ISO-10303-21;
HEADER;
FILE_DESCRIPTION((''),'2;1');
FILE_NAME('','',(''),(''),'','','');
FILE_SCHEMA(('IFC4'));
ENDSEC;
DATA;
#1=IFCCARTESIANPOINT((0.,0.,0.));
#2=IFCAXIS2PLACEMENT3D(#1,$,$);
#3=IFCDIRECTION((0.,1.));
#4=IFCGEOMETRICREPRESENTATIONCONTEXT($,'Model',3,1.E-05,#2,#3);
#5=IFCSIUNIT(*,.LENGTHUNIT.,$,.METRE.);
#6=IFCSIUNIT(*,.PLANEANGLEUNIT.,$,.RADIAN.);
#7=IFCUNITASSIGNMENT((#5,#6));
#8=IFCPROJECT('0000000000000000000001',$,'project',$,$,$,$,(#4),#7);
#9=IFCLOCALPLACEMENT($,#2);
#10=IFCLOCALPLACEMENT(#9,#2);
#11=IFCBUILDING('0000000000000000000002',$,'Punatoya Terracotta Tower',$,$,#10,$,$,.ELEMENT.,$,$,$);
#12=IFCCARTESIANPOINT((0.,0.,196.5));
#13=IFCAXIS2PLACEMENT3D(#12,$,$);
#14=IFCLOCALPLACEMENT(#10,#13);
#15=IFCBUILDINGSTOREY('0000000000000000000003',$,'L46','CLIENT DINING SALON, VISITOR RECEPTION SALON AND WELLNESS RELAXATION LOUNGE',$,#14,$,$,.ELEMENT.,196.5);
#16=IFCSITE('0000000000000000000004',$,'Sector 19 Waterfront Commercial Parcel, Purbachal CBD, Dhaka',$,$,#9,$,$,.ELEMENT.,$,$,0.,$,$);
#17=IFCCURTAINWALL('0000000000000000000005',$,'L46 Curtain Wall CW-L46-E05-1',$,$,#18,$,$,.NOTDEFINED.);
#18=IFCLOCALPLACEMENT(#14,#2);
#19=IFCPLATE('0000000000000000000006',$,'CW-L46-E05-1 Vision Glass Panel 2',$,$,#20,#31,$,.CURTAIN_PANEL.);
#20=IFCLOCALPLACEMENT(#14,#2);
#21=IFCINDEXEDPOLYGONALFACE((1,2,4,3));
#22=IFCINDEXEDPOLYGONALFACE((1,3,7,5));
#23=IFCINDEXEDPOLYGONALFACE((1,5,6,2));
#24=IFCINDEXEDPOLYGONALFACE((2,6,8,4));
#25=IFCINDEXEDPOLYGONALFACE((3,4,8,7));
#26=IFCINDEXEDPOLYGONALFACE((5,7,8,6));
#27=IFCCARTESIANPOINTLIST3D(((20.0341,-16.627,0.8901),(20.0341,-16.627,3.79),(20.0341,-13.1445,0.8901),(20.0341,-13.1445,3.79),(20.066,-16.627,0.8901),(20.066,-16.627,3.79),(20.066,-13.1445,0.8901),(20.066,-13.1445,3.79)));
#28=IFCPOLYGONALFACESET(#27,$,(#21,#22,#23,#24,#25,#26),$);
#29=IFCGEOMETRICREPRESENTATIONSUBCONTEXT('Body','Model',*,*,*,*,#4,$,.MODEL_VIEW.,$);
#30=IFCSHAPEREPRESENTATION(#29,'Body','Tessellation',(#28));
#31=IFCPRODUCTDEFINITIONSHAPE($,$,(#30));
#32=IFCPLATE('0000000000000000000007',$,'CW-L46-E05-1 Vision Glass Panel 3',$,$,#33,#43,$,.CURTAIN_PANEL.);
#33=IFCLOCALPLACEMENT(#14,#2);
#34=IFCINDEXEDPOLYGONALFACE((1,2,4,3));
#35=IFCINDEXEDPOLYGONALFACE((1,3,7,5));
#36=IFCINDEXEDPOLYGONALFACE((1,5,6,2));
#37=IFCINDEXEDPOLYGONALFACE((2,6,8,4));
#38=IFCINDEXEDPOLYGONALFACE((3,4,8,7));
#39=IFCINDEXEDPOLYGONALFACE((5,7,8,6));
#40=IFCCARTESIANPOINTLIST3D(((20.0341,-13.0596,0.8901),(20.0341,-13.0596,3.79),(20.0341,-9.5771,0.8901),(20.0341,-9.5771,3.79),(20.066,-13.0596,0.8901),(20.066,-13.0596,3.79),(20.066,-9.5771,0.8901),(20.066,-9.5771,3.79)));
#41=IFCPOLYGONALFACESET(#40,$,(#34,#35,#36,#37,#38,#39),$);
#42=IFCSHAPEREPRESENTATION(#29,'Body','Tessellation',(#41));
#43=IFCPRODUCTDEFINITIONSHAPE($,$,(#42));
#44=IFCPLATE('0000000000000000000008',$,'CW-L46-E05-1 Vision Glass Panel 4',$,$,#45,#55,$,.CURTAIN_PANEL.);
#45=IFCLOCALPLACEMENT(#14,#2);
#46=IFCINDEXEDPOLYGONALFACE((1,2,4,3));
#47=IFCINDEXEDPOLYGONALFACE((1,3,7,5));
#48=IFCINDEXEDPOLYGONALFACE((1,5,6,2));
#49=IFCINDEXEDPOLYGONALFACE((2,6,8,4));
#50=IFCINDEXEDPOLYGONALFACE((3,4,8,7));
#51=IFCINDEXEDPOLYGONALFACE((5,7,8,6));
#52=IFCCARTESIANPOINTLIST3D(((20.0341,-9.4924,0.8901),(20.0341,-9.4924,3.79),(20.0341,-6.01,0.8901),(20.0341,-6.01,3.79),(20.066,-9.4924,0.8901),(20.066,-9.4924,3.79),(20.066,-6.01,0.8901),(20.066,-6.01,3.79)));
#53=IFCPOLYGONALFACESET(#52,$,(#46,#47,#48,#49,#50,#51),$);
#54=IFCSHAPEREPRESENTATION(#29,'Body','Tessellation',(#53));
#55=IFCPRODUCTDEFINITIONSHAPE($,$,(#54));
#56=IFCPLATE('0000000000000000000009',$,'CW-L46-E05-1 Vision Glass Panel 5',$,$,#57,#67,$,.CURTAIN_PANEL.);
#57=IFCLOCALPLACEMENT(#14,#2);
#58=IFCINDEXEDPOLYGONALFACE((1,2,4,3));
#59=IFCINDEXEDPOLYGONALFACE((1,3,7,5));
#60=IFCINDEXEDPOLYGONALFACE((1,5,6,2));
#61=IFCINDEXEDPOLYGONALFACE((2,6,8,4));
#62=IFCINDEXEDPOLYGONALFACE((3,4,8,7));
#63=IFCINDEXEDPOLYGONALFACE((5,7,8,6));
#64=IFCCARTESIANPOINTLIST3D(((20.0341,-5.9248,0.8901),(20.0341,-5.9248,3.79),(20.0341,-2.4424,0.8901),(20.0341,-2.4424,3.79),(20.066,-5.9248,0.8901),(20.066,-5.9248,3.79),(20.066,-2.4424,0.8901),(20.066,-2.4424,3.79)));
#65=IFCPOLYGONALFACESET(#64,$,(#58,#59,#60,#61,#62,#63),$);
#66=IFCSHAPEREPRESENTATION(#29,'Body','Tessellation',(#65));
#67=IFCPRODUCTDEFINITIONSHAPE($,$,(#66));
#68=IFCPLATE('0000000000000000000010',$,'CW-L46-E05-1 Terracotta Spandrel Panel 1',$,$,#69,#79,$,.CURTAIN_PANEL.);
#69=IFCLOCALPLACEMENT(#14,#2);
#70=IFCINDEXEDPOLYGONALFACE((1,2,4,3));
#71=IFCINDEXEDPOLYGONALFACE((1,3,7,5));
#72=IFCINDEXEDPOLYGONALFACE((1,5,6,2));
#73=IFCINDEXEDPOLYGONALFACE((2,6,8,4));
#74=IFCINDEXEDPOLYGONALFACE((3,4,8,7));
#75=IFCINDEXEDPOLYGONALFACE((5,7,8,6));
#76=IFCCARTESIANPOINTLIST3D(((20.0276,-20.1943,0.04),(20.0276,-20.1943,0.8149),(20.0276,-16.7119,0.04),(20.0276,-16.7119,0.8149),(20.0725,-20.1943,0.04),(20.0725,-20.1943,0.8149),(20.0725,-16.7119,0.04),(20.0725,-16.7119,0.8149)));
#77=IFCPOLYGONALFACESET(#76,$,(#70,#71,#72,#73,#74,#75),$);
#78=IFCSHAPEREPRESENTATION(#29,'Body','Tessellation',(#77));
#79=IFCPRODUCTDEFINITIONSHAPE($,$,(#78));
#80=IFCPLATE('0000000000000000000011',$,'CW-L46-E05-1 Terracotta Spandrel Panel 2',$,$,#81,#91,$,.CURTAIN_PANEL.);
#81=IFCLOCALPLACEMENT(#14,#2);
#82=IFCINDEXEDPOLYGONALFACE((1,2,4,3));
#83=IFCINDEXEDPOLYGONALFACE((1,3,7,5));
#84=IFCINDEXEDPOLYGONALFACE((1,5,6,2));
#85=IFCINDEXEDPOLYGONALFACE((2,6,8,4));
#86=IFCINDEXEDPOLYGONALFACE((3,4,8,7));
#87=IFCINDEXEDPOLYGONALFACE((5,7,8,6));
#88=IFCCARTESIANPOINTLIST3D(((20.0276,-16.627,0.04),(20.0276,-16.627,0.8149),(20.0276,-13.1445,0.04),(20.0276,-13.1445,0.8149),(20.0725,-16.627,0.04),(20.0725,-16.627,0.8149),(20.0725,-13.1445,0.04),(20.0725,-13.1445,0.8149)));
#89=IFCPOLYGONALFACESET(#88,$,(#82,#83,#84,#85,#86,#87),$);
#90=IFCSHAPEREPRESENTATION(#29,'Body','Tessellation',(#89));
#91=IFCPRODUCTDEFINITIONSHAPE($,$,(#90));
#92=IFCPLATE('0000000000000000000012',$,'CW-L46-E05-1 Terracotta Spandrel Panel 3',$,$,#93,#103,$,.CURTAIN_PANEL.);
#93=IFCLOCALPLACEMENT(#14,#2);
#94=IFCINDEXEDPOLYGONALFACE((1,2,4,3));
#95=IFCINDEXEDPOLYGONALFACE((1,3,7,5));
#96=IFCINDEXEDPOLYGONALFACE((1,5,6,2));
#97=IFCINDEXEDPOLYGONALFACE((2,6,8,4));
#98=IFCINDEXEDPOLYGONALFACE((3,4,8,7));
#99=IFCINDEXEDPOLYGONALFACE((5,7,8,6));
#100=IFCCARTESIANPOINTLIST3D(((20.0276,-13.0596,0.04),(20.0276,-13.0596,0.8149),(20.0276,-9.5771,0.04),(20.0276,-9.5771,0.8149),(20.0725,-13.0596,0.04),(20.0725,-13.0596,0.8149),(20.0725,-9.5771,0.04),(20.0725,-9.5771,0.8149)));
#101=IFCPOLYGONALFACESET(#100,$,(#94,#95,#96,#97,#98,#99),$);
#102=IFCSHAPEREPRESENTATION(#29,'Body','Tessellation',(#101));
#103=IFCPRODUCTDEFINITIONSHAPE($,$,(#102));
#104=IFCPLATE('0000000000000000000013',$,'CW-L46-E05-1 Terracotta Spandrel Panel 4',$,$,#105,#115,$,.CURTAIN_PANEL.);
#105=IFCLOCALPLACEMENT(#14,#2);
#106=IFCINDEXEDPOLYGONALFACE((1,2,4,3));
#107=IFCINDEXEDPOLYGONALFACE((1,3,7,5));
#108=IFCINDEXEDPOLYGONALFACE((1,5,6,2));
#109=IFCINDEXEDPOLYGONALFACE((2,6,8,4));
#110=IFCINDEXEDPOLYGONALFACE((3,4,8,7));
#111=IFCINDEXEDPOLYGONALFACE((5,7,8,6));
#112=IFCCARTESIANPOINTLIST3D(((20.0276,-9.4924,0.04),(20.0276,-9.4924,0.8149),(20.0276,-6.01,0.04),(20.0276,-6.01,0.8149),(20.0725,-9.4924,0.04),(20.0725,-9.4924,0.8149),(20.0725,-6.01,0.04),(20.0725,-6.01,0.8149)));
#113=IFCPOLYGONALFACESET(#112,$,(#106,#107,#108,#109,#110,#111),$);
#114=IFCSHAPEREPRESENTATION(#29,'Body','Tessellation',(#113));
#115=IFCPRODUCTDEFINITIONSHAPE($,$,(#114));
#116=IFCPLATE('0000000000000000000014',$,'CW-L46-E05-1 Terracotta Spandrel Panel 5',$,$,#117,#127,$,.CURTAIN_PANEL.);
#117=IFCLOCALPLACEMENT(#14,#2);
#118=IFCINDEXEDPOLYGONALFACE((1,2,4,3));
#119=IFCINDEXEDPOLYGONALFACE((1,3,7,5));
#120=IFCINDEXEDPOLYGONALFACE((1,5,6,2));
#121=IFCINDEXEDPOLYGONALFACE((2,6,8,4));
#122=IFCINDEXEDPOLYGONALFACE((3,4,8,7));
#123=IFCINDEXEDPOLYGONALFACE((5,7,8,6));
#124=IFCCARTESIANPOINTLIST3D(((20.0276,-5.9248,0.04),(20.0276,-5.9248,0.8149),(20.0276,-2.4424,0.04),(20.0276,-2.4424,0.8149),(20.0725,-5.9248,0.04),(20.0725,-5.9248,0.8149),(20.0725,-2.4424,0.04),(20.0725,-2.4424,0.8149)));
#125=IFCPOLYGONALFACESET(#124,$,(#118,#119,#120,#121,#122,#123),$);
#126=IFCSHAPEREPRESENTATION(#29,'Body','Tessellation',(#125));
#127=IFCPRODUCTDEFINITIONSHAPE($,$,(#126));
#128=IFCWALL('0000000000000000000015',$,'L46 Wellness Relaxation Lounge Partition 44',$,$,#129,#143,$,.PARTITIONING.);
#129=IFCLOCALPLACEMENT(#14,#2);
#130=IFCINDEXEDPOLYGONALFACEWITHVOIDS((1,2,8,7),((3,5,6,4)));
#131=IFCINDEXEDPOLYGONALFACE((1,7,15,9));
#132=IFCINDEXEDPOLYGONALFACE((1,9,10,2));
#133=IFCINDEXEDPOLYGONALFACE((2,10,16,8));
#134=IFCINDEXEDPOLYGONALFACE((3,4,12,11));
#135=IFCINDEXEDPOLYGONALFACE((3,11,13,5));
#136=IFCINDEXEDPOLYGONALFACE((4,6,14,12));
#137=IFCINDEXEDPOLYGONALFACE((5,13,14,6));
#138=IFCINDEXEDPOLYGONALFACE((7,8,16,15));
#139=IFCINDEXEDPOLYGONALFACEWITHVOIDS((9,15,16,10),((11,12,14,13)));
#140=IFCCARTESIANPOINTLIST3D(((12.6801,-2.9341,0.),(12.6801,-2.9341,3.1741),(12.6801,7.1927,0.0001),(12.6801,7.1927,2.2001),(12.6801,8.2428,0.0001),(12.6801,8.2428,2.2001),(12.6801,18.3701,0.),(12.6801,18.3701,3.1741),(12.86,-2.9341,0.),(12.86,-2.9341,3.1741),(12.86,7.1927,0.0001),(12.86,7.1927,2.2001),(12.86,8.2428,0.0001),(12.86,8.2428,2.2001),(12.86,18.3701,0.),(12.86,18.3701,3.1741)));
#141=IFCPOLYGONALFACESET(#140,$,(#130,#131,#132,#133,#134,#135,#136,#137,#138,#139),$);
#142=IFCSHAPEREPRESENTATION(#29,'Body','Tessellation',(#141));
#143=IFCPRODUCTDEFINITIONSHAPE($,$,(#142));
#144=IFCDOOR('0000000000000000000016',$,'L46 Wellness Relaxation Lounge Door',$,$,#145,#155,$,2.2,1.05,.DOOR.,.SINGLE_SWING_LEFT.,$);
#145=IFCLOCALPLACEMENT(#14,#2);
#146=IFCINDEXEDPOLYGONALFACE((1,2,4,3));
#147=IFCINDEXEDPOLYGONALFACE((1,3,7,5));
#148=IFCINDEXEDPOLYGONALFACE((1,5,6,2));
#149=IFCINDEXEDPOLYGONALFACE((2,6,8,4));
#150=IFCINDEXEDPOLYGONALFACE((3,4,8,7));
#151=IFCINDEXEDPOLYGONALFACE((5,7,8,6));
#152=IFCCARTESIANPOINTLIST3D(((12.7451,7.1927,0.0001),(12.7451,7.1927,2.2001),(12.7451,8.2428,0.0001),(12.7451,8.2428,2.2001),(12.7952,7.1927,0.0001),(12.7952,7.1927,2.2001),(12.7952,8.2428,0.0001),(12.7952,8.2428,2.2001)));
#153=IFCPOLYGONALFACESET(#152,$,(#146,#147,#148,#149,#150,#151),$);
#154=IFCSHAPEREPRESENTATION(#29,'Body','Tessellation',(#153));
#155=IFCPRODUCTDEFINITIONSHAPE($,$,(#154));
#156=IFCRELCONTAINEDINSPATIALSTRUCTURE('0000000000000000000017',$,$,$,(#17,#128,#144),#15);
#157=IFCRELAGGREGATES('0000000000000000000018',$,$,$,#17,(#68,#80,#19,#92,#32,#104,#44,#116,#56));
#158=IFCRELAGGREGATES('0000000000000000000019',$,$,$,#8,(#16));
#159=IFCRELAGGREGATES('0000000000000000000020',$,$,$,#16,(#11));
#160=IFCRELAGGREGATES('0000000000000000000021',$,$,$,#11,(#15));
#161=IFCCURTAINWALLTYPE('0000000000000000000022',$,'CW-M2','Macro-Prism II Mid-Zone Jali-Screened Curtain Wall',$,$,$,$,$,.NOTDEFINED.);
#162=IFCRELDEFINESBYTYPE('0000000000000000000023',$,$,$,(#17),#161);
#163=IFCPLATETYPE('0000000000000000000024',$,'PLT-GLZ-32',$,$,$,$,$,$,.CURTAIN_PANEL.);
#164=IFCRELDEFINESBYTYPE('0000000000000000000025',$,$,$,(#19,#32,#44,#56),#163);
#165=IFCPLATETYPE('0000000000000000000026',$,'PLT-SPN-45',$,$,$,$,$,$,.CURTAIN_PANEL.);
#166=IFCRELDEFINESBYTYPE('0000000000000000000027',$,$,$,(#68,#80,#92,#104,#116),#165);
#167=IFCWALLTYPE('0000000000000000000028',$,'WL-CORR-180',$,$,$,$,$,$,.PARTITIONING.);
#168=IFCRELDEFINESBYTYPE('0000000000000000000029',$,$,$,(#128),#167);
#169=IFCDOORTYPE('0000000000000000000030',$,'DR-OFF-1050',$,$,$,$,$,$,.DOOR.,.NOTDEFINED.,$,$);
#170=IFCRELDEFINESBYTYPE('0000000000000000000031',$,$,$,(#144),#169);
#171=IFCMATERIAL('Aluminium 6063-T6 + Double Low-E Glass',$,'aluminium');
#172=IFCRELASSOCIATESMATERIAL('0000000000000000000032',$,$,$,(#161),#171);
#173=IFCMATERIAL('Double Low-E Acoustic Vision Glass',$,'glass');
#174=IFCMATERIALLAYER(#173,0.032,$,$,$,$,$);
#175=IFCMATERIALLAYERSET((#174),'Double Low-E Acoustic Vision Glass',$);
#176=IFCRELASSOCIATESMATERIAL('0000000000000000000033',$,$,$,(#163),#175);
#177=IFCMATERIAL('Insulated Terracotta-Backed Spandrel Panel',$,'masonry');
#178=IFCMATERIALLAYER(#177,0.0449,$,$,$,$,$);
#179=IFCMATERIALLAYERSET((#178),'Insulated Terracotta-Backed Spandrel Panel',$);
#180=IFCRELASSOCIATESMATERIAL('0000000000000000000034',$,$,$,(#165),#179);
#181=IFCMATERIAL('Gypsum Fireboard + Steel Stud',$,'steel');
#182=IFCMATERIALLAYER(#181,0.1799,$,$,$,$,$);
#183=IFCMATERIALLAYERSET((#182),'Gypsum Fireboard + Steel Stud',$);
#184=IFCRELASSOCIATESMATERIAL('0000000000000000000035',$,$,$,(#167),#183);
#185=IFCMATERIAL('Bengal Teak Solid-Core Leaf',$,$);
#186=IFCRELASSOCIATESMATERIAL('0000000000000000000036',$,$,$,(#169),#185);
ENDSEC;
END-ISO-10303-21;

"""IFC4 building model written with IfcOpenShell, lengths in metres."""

from ifc_helpers import new_model, si_unit, direction, frame, frame_2d, origin, origin_2d, place, context, subcontext, project, spatial, rectangle, extrude, material, layer, layer_set, type_object, element, fill, aggregate, save


model = new_model("IFC4")

# Units and contexts
model_context = context("Model", 3, precision=1e-05, world=origin(), true_north=direction((0.0, 1.0)))
body_context = subcontext(model_context, "Body", "Model", "MODEL_VIEW")
ifc_project = project(units=[si_unit("LENGTHUNIT", "METRE"), si_unit("PLANEANGLEUNIT", "RADIAN")], contexts=[model_context])

# Site, building, storey
site_placement = place(None, origin())
site = spatial("IfcSite", under=ifc_project, at=site_placement, Name="Sector 19 Waterfront Commercial Parcel, Purbachal CBD, Dhaka", CompositionType="ELEMENT", RefElevation=0.0)
building_placement = place(site_placement, origin())
building = spatial("IfcBuilding", under=site, at=building_placement, Name="Punatoya Terracotta Tower", CompositionType="ELEMENT")
storey_placement = place(building_placement, frame((0.0, 0.0, 196.5)))
storey = spatial("IfcBuildingStorey", under=building, at=storey_placement, Name="L46", Description="CLIENT DINING SALON, VISITOR RECEPTION SALON AND WELLNESS RELAXATION LOUNGE", CompositionType="ELEMENT", Elevation=196.5)

# Shared definitions
ifc_material_1 = material(Name="Aluminium 6063-T6 + Double Low-E Glass", Category="aluminium")
curtain_wall_type = type_object("IfcCurtainWallType", Name="CW-M2", Description="Macro-Prism II Mid-Zone Jali-Screened Curtain Wall", PredefinedType="NOTDEFINED", material=ifc_material_1)

# Curtain wall, plates
curtain_wall_1_placement = place(storey_placement, origin())
curtain_wall_1 = element("IfcCurtainWall", 1, at=curtain_wall_1_placement, inside=storey, type_object=curtain_wall_type, Name="L46 Curtain Wall CW-L46-E05-1", PredefinedType="NOTDEFINED")
ifc_material_2 = material(Name="Double Low-E Acoustic Vision Glass", Category="glass")
ifc_layer_1 = layer(ifc_material_2, 0.032)
ifc_layer_set_1 = layer_set([ifc_layer_1], Name="Double Low-E Acoustic Vision Glass")
plate_type_1 = type_object("IfcPlateType", Name="PLT-GLZ-32", PredefinedType="CURTAIN_PANEL", material=ifc_layer_set_1)
plate_1_placement = place(storey_placement, frame((20.05, -14.8857, 0.8901), z_axis=(0.0, 0.0, 1.0), x_axis=(0.0, 1.0, 0.0)))
plate_1 = element("IfcPlate", 2, at=plate_1_placement, type_object=plate_type_1, Name="CW-L46-E05-1 Vision Glass Panel 2", PredefinedType="CURTAIN_PANEL", context=body_context, shape_type="SweptSolid", body=[
    extrude(rectangle(XDim=3.4824, YDim=0.032, at=origin_2d()), origin(), (0.0, 0.0, 1.0), 2.8999),
])
plate_2_placement = place(storey_placement, frame((20.05, -11.3184, 0.8901), z_axis=(0.0, 0.0, 1.0), x_axis=(0.0, 1.0, 0.0)))
plate_2 = element("IfcPlate", 3, at=plate_2_placement, type_object=plate_type_1, Name="CW-L46-E05-1 Vision Glass Panel 3", PredefinedType="CURTAIN_PANEL", context=body_context, shape_type="SweptSolid", body=[
    extrude(rectangle(XDim=3.4824, YDim=0.032, at=origin_2d()), origin(), (0.0, 0.0, 1.0), 2.8999),
])
plate_3_placement = place(storey_placement, frame((20.05, -7.7512, 0.8901), z_axis=(0.0, 0.0, 1.0), x_axis=(0.0, 1.0, 0.0)))
plate_3 = element("IfcPlate", 4, at=plate_3_placement, type_object=plate_type_1, Name="CW-L46-E05-1 Vision Glass Panel 4", PredefinedType="CURTAIN_PANEL", context=body_context, shape_type="SweptSolid", body=[
    extrude(rectangle(XDim=3.4824, YDim=0.032, at=origin_2d()), origin(), (0.0, 0.0, 1.0), 2.8999),
])
plate_4_placement = place(storey_placement, frame((20.05, -4.1836, 0.8901), z_axis=(0.0, 0.0, 1.0), x_axis=(0.0, 1.0, 0.0)))
plate_4 = element("IfcPlate", 5, at=plate_4_placement, type_object=plate_type_1, Name="CW-L46-E05-1 Vision Glass Panel 5", PredefinedType="CURTAIN_PANEL", context=body_context, shape_type="SweptSolid", body=[
    extrude(rectangle(XDim=3.4824, YDim=0.032, at=origin_2d()), origin(), (0.0, 0.0, 1.0), 2.8999),
])
ifc_material_3 = material(Name="Insulated Terracotta-Backed Spandrel Panel", Category="masonry")
ifc_layer_2 = layer(ifc_material_3, 0.0449)
ifc_layer_set_2 = layer_set([ifc_layer_2], Name="Insulated Terracotta-Backed Spandrel Panel")
plate_type_2 = type_object("IfcPlateType", Name="PLT-SPN-45", PredefinedType="CURTAIN_PANEL", material=ifc_layer_set_2)
plate_5_placement = place(storey_placement, frame((20.05, -18.4531, 0.04), z_axis=(0.0, 0.0, 1.0), x_axis=(0.0, 1.0, 0.0)))
plate_5 = element("IfcPlate", 6, at=plate_5_placement, type_object=plate_type_2, Name="CW-L46-E05-1 Terracotta Spandrel Panel 1", PredefinedType="CURTAIN_PANEL", context=body_context, shape_type="SweptSolid", body=[
    extrude(rectangle(XDim=3.4824, YDim=0.0449, at=origin_2d()), origin(), (0.0, 0.0, 1.0), 0.7749),
])
plate_6_placement = place(storey_placement, frame((20.05, -14.8857, 0.04), z_axis=(0.0, 0.0, 1.0), x_axis=(0.0, 1.0, 0.0)))
plate_6 = element("IfcPlate", 7, at=plate_6_placement, type_object=plate_type_2, Name="CW-L46-E05-1 Terracotta Spandrel Panel 2", PredefinedType="CURTAIN_PANEL", context=body_context, shape_type="SweptSolid", body=[
    extrude(rectangle(XDim=3.4824, YDim=0.0449, at=origin_2d()), origin(), (0.0, 0.0, 1.0), 0.7749),
])
plate_7_placement = place(storey_placement, frame((20.05, -11.3184, 0.04), z_axis=(0.0, 0.0, 1.0), x_axis=(0.0, 1.0, 0.0)))
plate_7 = element("IfcPlate", 8, at=plate_7_placement, type_object=plate_type_2, Name="CW-L46-E05-1 Terracotta Spandrel Panel 3", PredefinedType="CURTAIN_PANEL", context=body_context, shape_type="SweptSolid", body=[
    extrude(rectangle(XDim=3.4824, YDim=0.0449, at=origin_2d()), origin(), (0.0, 0.0, 1.0), 0.7749),
])
plate_8_placement = place(storey_placement, frame((20.05, -7.7512, 0.04), z_axis=(0.0, 0.0, 1.0), x_axis=(0.0, 1.0, 0.0)))
plate_8 = element("IfcPlate", 9, at=plate_8_placement, type_object=plate_type_2, Name="CW-L46-E05-1 Terracotta Spandrel Panel 4", PredefinedType="CURTAIN_PANEL", context=body_context, shape_type="SweptSolid", body=[
    extrude(rectangle(XDim=3.4824, YDim=0.0449, at=origin_2d()), origin(), (0.0, 0.0, 1.0), 0.7749),
])
plate_9_placement = place(storey_placement, frame((20.05, -4.1836, 0.04), z_axis=(0.0, 0.0, 1.0), x_axis=(0.0, 1.0, 0.0)))
plate_9 = element("IfcPlate", 10, at=plate_9_placement, type_object=plate_type_2, Name="CW-L46-E05-1 Terracotta Spandrel Panel 5", PredefinedType="CURTAIN_PANEL", context=body_context, shape_type="SweptSolid", body=[
    extrude(rectangle(XDim=3.4824, YDim=0.0449, at=origin_2d()), origin(), (0.0, 0.0, 1.0), 0.7749),
])
aggregate(curtain_wall_1, [plate_5, plate_6, plate_1, plate_7, plate_2, plate_8, plate_3, plate_9, plate_4])

# Wall, opening, door
ifc_material_4 = material(Name="Gypsum Fireboard + Steel Stud", Category="steel")
ifc_layer_3 = layer(ifc_material_4, 0.1799)
ifc_layer_set_3 = layer_set([ifc_layer_3], Name="Gypsum Fireboard + Steel Stud")
wall_type = type_object("IfcWallType", Name="WL-CORR-180", PredefinedType="PARTITIONING", material=ifc_layer_set_3)
wall_placement = place(storey_placement, frame((12.77, -2.9341, 0.0), z_axis=(0.0, 0.0, 1.0), x_axis=(0.0, 1.0, 0.0)))
wall = element("IfcWall", 11, at=wall_placement, inside=storey, type_object=wall_type, Name="L46 Wellness Relaxation Lounge Partition 44", PredefinedType="PARTITIONING", context=body_context, shape_type="SweptSolid", body=[
    extrude(rectangle(XDim=21.3042, YDim=0.1799, at=frame_2d((10.6521, 0.0))), origin(), (0.0, 0.0, 1.0), 3.1741),
])
opening_placement = place(wall_placement, frame((10.127, 0.0, 0.0)))
opening = element("IfcOpeningElement", 12, at=opening_placement, cuts=wall, PredefinedType="OPENING", context=body_context, shape_type="SweptSolid", body=[
    extrude(rectangle(XDim=1.05, YDim=2.2, at=frame_2d((0.5249, 1.1001))), frame((0.0, 0.0999, 0.0), z_axis=(0.0, -1.0, 0.0), x_axis=(1.0, 0.0, 0.0)), (0.0, 0.0, 1.0), 0.2),
])
ifc_material_5 = material(Name="Bengal Teak Solid-Core Leaf")
door_type = type_object("IfcDoorType", Name="DR-OFF-1050", OperationType="NOTDEFINED", PredefinedType="DOOR", material=ifc_material_5)
door_placement = place(opening_placement, origin())
door = element("IfcDoor", 13, at=door_placement, inside=storey, type_object=door_type, Name="L46 Wellness Relaxation Lounge Door", OperationType="SINGLE_SWING_LEFT", OverallHeight=2.2, OverallWidth=1.05, PredefinedType="DOOR", context=body_context, shape_type="SweptSolid", body=[
    extrude(rectangle(XDim=1.05, YDim=2.2, at=frame_2d((0.5249, 1.1001))), frame((0.0, 0.0249, 0.0), z_axis=(0.0, -1.0, 0.0), x_axis=(1.0, 0.0, 0.0)), (0.0, 0.0, 1.0), 0.05),
])
fill(opening, door)

save(model, "model.ifc")
